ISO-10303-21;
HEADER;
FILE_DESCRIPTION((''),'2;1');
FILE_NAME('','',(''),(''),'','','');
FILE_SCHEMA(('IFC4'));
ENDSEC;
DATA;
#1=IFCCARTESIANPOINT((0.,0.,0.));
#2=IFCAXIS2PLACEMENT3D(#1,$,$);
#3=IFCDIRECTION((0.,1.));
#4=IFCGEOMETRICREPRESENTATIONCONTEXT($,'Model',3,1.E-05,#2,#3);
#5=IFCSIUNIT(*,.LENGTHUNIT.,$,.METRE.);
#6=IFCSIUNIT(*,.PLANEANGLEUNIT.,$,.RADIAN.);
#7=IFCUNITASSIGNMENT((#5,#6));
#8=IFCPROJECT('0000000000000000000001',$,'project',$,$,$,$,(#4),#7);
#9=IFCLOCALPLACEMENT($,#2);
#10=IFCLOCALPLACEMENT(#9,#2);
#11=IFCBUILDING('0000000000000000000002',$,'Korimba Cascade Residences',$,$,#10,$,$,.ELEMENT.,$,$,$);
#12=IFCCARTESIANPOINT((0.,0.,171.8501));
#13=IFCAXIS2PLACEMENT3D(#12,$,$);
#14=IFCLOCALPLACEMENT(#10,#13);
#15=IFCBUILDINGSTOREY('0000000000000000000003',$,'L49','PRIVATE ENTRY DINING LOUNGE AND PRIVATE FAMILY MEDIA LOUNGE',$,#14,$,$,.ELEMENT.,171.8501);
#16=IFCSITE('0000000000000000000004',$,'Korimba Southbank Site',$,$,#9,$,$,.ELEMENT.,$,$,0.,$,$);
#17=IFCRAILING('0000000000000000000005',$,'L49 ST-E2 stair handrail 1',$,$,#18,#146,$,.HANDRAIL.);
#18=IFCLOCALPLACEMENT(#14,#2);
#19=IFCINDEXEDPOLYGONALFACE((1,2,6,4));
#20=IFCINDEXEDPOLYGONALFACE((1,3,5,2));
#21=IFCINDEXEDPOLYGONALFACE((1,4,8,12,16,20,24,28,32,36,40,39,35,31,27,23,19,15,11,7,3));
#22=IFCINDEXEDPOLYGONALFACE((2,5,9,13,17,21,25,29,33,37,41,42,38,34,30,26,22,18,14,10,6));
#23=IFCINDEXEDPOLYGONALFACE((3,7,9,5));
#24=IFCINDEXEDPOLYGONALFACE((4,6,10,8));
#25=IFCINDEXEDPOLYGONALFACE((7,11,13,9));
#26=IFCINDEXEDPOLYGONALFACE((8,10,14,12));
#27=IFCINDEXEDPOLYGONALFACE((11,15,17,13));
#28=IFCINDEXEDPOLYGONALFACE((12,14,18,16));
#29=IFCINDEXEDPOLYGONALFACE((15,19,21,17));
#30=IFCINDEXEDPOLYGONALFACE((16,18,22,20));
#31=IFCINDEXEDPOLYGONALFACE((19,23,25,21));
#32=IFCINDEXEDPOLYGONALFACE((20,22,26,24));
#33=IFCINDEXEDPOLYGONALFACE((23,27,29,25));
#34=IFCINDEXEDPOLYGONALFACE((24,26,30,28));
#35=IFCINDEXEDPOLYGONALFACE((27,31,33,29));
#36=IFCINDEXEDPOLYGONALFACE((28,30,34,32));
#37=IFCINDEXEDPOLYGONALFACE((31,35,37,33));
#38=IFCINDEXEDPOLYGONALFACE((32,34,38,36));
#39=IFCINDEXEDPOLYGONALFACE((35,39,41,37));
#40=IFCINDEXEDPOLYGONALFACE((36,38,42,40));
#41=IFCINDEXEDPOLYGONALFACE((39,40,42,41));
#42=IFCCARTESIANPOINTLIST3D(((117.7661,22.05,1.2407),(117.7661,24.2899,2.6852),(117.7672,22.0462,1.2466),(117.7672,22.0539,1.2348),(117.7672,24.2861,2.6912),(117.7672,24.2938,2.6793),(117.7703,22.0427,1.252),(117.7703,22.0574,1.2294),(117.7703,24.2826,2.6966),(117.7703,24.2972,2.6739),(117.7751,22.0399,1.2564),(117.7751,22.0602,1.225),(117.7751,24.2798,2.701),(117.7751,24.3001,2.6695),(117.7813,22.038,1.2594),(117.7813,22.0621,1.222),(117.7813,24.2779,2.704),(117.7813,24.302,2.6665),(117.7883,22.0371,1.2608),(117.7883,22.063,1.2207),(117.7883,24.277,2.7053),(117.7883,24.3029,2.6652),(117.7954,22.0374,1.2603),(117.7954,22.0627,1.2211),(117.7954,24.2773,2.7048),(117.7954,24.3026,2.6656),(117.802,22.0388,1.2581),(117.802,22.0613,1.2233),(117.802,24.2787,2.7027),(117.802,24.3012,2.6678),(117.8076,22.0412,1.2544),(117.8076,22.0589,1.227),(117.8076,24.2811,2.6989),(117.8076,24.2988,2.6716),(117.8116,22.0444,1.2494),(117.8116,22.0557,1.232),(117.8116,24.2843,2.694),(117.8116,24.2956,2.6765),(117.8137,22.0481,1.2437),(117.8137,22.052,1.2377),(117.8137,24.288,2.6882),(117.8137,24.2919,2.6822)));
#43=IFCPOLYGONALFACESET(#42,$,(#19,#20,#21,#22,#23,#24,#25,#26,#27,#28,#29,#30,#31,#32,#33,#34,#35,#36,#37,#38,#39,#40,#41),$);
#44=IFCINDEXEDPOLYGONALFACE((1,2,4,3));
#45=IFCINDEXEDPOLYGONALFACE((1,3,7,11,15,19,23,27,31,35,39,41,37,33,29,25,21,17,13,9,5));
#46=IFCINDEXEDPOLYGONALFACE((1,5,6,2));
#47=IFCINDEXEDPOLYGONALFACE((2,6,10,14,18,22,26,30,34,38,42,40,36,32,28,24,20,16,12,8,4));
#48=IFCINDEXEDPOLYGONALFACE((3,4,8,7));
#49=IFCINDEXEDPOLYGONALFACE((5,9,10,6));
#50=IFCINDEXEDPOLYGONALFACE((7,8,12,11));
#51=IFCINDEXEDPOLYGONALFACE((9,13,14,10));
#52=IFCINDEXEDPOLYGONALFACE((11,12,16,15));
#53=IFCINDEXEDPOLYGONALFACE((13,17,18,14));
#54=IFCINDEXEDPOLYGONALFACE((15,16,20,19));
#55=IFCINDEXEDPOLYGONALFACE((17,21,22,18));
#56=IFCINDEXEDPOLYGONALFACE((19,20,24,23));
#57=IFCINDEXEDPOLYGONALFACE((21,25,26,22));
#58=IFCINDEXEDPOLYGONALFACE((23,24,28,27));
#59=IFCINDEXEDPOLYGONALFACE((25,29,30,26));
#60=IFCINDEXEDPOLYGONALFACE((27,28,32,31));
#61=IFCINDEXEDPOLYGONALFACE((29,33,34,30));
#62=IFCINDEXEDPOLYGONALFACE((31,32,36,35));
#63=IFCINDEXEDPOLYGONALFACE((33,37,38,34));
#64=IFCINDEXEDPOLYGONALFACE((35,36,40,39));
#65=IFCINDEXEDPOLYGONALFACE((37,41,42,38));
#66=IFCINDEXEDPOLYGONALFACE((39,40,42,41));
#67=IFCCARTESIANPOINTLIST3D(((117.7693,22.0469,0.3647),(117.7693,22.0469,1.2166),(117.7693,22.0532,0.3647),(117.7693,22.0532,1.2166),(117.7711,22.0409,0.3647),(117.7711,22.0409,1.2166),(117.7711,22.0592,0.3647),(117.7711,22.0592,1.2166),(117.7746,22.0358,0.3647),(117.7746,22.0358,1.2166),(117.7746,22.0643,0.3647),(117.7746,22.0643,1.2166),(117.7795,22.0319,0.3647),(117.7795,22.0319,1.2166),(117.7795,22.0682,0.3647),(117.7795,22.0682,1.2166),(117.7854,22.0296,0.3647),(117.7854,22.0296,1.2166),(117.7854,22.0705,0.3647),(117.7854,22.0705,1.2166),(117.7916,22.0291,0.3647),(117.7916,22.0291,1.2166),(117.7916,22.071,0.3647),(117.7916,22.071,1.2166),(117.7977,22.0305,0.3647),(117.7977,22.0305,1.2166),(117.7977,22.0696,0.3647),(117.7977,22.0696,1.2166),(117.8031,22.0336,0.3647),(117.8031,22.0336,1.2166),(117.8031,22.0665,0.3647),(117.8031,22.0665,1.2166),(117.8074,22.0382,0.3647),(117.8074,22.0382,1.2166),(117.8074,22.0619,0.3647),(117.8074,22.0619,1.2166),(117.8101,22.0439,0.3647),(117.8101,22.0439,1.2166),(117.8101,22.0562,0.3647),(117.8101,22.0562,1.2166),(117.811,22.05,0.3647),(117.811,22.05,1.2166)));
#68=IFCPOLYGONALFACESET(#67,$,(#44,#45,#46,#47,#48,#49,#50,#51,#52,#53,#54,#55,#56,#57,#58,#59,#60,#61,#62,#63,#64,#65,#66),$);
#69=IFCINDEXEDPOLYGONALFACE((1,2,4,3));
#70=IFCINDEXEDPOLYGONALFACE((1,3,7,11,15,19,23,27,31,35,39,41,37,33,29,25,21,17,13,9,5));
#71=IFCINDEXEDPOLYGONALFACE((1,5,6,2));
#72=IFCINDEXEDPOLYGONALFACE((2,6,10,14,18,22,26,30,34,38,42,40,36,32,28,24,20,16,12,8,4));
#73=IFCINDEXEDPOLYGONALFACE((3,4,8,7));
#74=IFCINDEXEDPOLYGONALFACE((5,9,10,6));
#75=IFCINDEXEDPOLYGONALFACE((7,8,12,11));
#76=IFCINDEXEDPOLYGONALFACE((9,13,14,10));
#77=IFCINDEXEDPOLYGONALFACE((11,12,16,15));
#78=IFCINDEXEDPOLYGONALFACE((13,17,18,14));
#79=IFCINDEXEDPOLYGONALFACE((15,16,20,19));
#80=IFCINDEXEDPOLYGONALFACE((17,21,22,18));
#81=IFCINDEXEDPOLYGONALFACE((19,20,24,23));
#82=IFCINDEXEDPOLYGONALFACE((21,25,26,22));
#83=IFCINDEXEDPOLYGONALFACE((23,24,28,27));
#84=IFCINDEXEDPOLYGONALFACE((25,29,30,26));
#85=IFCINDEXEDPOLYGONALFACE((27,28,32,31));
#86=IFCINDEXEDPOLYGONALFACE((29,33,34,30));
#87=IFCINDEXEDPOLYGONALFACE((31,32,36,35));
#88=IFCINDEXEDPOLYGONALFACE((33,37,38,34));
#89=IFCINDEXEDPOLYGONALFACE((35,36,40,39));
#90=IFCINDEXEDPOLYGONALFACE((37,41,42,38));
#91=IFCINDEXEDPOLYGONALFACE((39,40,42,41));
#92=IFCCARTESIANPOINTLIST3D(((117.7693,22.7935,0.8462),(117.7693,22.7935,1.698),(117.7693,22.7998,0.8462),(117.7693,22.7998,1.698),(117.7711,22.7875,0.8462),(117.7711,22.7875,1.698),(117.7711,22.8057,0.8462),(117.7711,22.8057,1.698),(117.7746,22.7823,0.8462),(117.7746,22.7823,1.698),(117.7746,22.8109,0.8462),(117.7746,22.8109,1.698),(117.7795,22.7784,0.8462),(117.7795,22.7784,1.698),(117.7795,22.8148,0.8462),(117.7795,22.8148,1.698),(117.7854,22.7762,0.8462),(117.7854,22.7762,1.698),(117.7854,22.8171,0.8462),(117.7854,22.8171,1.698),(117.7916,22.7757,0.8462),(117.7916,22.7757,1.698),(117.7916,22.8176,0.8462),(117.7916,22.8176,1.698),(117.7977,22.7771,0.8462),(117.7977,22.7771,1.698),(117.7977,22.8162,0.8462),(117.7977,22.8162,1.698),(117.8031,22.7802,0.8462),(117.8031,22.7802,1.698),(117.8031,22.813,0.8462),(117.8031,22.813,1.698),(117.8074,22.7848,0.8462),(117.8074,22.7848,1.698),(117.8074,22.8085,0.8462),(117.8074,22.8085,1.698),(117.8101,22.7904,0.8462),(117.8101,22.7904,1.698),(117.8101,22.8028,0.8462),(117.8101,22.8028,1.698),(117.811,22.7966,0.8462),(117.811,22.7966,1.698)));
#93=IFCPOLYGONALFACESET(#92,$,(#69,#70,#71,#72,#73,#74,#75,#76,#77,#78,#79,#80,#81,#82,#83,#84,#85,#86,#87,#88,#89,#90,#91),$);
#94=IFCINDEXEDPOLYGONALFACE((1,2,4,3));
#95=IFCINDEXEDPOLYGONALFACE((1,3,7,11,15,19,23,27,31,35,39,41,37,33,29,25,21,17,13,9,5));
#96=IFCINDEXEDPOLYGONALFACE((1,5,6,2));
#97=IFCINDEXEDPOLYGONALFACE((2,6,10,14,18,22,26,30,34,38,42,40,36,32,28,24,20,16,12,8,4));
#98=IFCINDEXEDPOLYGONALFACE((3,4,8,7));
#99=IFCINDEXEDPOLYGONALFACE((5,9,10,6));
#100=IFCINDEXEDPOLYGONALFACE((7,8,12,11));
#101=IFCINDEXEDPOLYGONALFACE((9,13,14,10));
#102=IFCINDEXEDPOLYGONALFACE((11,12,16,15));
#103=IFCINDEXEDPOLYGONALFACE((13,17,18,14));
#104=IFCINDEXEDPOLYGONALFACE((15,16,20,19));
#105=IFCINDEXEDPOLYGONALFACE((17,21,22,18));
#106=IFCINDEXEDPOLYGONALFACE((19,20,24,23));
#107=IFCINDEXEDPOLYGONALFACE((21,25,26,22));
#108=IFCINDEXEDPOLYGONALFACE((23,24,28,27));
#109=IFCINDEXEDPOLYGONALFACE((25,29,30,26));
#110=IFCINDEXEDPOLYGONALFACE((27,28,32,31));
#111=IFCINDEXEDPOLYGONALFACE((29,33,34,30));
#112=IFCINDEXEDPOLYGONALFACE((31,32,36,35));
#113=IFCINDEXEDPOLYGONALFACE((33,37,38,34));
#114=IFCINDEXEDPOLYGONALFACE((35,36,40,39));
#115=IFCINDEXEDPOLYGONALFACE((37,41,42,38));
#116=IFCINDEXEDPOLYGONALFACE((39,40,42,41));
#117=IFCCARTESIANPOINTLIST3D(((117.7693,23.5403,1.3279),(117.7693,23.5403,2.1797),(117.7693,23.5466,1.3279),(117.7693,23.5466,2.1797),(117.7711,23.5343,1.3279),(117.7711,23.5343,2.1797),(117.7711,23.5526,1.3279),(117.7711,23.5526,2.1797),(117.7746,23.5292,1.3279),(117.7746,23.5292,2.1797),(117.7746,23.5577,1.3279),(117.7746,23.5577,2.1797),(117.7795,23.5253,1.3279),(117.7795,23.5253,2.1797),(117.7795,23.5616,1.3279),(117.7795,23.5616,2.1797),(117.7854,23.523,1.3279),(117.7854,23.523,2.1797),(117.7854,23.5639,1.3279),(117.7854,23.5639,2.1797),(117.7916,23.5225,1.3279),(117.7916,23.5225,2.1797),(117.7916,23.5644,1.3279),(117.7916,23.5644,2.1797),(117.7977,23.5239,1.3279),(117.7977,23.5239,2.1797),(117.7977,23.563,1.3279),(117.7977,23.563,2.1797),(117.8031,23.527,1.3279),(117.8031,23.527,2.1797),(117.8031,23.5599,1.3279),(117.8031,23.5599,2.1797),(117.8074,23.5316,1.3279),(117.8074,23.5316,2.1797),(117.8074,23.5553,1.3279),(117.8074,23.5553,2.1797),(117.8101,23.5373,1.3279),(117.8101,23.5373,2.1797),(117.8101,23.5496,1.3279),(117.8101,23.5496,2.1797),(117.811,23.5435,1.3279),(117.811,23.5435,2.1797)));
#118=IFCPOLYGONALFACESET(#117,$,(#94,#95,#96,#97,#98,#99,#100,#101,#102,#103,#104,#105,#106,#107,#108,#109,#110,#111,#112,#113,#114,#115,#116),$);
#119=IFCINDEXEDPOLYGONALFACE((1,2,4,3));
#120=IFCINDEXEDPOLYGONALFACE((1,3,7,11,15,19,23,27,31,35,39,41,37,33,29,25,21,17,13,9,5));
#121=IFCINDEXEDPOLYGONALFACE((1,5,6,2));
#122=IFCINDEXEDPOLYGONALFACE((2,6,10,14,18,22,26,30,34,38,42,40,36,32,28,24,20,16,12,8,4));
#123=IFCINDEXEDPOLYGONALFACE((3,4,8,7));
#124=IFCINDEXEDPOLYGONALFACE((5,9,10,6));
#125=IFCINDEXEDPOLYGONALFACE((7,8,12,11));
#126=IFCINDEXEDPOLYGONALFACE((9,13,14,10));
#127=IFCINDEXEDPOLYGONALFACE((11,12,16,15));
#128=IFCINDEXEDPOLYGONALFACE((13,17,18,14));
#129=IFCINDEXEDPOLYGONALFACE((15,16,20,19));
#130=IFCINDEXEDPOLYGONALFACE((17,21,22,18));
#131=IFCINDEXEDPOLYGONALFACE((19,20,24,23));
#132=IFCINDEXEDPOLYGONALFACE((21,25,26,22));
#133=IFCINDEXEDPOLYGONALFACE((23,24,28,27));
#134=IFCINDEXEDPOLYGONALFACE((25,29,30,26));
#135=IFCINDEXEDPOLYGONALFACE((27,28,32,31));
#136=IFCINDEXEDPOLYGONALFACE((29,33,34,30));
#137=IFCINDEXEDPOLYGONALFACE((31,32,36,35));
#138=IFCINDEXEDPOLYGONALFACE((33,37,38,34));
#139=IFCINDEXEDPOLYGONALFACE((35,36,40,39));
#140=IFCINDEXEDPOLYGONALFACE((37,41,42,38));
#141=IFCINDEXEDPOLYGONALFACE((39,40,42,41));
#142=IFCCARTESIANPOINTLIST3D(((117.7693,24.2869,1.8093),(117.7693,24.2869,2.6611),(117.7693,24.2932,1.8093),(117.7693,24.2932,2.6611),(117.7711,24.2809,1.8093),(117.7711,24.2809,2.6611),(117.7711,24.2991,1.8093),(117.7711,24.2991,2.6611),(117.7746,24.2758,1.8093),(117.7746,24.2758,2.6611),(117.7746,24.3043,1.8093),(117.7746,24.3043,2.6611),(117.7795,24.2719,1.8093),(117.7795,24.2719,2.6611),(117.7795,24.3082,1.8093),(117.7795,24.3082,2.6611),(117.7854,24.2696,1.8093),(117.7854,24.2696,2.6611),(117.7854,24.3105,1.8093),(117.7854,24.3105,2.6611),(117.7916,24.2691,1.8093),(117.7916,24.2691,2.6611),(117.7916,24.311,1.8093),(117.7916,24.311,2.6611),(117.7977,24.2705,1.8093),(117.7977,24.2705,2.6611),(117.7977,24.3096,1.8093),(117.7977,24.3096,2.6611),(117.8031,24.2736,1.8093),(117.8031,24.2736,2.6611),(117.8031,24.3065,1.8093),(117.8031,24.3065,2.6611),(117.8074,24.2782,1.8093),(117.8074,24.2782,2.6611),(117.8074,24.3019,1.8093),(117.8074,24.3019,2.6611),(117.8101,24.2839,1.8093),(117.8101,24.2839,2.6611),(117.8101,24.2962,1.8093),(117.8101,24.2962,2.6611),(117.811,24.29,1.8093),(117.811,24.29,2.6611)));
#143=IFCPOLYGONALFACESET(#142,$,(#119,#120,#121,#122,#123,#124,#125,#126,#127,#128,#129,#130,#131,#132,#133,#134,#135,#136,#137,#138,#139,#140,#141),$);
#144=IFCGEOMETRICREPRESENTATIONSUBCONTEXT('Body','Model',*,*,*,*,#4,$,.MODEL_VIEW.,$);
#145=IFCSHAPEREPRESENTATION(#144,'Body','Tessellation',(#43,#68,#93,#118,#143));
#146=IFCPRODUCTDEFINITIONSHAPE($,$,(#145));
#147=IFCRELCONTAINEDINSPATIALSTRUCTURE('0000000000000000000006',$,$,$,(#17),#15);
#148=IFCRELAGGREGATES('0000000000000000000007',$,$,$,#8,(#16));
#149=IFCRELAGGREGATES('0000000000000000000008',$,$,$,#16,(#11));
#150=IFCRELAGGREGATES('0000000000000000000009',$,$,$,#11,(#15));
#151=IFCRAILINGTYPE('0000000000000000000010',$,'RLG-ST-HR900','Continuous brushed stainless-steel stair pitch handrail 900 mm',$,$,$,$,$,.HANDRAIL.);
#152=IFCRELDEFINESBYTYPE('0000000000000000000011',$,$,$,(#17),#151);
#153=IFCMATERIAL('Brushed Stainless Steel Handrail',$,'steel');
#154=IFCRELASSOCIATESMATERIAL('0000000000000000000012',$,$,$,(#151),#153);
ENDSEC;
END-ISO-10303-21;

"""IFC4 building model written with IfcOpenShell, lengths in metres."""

from ifc_helpers import new_model, si_unit, direction, frame, origin, origin_2d, place, context, subcontext, project, spatial, circle, extrude, material, type_object, element, save


model = new_model("IFC4")

# Units and contexts
model_context = context("Model", 3, precision=1e-05, world=origin(), true_north=direction((0.0, 1.0)))
body_context = subcontext(model_context, "Body", "Model", "MODEL_VIEW")
ifc_project = project(units=[si_unit("LENGTHUNIT", "METRE"), si_unit("PLANEANGLEUNIT", "RADIAN")], contexts=[model_context])

# Site, building, storey
site_placement = place(None, origin())
site = spatial("IfcSite", under=ifc_project, at=site_placement, Name="Korimba Southbank Site", CompositionType="ELEMENT", RefElevation=0.0)
building_placement = place(site_placement, origin())
building = spatial("IfcBuilding", under=site, at=building_placement, Name="Korimba Cascade Residences", CompositionType="ELEMENT")
storey_placement = place(building_placement, frame((0.0, 0.0, 171.8501)))
storey = spatial("IfcBuildingStorey", under=building, at=storey_placement, Name="L49", Description="PRIVATE ENTRY DINING LOUNGE AND PRIVATE FAMILY MEDIA LOUNGE", CompositionType="ELEMENT", Elevation=171.8501)

# Railing
ifc_material_1 = material(Name="Brushed Stainless Steel Handrail", Category="steel")
railing_type = type_object("IfcRailingType", Name="RLG-ST-HR900", Description="Continuous brushed stainless-steel stair pitch handrail 900 mm", PredefinedType="HANDRAIL", material=ifc_material_1)
railing_placement = place(storey_placement, frame((117.79, 22.05, 0.3647)))
element("IfcRailing", 1, at=railing_placement, inside=storey, type_object=railing_type, Name="L49 ST-E2 stair handrail 1", PredefinedType="HANDRAIL", context=body_context, shape_type="SweptSolid", body=[
    extrude(circle(Radius=0.0239, at=origin_2d()), frame((0.0, 0.0, 0.876), z_axis=(0.0, 0.840395, 0.541975), x_axis=(-1.0, 0.0, 0.0)), (0.0, 0.0, 1.0), 2.6653),
    extrude(circle(Radius=0.021, at=origin_2d()), origin(), (0.0, 0.0, 1.0), 0.8518),
    extrude(circle(Radius=0.021, at=origin_2d()), frame((0.0, 0.7466, 0.4814)), (0.0, 0.0, 1.0), 0.8518),
    extrude(circle(Radius=0.021, at=origin_2d()), frame((0.0, 1.4934, 0.9631)), (0.0, 0.0, 1.0), 0.8518),
    extrude(circle(Radius=0.021, at=origin_2d()), frame((0.0, 2.24, 1.4446)), (0.0, 0.0, 1.0), 0.8518),
])

save(model, "model.ifc")
